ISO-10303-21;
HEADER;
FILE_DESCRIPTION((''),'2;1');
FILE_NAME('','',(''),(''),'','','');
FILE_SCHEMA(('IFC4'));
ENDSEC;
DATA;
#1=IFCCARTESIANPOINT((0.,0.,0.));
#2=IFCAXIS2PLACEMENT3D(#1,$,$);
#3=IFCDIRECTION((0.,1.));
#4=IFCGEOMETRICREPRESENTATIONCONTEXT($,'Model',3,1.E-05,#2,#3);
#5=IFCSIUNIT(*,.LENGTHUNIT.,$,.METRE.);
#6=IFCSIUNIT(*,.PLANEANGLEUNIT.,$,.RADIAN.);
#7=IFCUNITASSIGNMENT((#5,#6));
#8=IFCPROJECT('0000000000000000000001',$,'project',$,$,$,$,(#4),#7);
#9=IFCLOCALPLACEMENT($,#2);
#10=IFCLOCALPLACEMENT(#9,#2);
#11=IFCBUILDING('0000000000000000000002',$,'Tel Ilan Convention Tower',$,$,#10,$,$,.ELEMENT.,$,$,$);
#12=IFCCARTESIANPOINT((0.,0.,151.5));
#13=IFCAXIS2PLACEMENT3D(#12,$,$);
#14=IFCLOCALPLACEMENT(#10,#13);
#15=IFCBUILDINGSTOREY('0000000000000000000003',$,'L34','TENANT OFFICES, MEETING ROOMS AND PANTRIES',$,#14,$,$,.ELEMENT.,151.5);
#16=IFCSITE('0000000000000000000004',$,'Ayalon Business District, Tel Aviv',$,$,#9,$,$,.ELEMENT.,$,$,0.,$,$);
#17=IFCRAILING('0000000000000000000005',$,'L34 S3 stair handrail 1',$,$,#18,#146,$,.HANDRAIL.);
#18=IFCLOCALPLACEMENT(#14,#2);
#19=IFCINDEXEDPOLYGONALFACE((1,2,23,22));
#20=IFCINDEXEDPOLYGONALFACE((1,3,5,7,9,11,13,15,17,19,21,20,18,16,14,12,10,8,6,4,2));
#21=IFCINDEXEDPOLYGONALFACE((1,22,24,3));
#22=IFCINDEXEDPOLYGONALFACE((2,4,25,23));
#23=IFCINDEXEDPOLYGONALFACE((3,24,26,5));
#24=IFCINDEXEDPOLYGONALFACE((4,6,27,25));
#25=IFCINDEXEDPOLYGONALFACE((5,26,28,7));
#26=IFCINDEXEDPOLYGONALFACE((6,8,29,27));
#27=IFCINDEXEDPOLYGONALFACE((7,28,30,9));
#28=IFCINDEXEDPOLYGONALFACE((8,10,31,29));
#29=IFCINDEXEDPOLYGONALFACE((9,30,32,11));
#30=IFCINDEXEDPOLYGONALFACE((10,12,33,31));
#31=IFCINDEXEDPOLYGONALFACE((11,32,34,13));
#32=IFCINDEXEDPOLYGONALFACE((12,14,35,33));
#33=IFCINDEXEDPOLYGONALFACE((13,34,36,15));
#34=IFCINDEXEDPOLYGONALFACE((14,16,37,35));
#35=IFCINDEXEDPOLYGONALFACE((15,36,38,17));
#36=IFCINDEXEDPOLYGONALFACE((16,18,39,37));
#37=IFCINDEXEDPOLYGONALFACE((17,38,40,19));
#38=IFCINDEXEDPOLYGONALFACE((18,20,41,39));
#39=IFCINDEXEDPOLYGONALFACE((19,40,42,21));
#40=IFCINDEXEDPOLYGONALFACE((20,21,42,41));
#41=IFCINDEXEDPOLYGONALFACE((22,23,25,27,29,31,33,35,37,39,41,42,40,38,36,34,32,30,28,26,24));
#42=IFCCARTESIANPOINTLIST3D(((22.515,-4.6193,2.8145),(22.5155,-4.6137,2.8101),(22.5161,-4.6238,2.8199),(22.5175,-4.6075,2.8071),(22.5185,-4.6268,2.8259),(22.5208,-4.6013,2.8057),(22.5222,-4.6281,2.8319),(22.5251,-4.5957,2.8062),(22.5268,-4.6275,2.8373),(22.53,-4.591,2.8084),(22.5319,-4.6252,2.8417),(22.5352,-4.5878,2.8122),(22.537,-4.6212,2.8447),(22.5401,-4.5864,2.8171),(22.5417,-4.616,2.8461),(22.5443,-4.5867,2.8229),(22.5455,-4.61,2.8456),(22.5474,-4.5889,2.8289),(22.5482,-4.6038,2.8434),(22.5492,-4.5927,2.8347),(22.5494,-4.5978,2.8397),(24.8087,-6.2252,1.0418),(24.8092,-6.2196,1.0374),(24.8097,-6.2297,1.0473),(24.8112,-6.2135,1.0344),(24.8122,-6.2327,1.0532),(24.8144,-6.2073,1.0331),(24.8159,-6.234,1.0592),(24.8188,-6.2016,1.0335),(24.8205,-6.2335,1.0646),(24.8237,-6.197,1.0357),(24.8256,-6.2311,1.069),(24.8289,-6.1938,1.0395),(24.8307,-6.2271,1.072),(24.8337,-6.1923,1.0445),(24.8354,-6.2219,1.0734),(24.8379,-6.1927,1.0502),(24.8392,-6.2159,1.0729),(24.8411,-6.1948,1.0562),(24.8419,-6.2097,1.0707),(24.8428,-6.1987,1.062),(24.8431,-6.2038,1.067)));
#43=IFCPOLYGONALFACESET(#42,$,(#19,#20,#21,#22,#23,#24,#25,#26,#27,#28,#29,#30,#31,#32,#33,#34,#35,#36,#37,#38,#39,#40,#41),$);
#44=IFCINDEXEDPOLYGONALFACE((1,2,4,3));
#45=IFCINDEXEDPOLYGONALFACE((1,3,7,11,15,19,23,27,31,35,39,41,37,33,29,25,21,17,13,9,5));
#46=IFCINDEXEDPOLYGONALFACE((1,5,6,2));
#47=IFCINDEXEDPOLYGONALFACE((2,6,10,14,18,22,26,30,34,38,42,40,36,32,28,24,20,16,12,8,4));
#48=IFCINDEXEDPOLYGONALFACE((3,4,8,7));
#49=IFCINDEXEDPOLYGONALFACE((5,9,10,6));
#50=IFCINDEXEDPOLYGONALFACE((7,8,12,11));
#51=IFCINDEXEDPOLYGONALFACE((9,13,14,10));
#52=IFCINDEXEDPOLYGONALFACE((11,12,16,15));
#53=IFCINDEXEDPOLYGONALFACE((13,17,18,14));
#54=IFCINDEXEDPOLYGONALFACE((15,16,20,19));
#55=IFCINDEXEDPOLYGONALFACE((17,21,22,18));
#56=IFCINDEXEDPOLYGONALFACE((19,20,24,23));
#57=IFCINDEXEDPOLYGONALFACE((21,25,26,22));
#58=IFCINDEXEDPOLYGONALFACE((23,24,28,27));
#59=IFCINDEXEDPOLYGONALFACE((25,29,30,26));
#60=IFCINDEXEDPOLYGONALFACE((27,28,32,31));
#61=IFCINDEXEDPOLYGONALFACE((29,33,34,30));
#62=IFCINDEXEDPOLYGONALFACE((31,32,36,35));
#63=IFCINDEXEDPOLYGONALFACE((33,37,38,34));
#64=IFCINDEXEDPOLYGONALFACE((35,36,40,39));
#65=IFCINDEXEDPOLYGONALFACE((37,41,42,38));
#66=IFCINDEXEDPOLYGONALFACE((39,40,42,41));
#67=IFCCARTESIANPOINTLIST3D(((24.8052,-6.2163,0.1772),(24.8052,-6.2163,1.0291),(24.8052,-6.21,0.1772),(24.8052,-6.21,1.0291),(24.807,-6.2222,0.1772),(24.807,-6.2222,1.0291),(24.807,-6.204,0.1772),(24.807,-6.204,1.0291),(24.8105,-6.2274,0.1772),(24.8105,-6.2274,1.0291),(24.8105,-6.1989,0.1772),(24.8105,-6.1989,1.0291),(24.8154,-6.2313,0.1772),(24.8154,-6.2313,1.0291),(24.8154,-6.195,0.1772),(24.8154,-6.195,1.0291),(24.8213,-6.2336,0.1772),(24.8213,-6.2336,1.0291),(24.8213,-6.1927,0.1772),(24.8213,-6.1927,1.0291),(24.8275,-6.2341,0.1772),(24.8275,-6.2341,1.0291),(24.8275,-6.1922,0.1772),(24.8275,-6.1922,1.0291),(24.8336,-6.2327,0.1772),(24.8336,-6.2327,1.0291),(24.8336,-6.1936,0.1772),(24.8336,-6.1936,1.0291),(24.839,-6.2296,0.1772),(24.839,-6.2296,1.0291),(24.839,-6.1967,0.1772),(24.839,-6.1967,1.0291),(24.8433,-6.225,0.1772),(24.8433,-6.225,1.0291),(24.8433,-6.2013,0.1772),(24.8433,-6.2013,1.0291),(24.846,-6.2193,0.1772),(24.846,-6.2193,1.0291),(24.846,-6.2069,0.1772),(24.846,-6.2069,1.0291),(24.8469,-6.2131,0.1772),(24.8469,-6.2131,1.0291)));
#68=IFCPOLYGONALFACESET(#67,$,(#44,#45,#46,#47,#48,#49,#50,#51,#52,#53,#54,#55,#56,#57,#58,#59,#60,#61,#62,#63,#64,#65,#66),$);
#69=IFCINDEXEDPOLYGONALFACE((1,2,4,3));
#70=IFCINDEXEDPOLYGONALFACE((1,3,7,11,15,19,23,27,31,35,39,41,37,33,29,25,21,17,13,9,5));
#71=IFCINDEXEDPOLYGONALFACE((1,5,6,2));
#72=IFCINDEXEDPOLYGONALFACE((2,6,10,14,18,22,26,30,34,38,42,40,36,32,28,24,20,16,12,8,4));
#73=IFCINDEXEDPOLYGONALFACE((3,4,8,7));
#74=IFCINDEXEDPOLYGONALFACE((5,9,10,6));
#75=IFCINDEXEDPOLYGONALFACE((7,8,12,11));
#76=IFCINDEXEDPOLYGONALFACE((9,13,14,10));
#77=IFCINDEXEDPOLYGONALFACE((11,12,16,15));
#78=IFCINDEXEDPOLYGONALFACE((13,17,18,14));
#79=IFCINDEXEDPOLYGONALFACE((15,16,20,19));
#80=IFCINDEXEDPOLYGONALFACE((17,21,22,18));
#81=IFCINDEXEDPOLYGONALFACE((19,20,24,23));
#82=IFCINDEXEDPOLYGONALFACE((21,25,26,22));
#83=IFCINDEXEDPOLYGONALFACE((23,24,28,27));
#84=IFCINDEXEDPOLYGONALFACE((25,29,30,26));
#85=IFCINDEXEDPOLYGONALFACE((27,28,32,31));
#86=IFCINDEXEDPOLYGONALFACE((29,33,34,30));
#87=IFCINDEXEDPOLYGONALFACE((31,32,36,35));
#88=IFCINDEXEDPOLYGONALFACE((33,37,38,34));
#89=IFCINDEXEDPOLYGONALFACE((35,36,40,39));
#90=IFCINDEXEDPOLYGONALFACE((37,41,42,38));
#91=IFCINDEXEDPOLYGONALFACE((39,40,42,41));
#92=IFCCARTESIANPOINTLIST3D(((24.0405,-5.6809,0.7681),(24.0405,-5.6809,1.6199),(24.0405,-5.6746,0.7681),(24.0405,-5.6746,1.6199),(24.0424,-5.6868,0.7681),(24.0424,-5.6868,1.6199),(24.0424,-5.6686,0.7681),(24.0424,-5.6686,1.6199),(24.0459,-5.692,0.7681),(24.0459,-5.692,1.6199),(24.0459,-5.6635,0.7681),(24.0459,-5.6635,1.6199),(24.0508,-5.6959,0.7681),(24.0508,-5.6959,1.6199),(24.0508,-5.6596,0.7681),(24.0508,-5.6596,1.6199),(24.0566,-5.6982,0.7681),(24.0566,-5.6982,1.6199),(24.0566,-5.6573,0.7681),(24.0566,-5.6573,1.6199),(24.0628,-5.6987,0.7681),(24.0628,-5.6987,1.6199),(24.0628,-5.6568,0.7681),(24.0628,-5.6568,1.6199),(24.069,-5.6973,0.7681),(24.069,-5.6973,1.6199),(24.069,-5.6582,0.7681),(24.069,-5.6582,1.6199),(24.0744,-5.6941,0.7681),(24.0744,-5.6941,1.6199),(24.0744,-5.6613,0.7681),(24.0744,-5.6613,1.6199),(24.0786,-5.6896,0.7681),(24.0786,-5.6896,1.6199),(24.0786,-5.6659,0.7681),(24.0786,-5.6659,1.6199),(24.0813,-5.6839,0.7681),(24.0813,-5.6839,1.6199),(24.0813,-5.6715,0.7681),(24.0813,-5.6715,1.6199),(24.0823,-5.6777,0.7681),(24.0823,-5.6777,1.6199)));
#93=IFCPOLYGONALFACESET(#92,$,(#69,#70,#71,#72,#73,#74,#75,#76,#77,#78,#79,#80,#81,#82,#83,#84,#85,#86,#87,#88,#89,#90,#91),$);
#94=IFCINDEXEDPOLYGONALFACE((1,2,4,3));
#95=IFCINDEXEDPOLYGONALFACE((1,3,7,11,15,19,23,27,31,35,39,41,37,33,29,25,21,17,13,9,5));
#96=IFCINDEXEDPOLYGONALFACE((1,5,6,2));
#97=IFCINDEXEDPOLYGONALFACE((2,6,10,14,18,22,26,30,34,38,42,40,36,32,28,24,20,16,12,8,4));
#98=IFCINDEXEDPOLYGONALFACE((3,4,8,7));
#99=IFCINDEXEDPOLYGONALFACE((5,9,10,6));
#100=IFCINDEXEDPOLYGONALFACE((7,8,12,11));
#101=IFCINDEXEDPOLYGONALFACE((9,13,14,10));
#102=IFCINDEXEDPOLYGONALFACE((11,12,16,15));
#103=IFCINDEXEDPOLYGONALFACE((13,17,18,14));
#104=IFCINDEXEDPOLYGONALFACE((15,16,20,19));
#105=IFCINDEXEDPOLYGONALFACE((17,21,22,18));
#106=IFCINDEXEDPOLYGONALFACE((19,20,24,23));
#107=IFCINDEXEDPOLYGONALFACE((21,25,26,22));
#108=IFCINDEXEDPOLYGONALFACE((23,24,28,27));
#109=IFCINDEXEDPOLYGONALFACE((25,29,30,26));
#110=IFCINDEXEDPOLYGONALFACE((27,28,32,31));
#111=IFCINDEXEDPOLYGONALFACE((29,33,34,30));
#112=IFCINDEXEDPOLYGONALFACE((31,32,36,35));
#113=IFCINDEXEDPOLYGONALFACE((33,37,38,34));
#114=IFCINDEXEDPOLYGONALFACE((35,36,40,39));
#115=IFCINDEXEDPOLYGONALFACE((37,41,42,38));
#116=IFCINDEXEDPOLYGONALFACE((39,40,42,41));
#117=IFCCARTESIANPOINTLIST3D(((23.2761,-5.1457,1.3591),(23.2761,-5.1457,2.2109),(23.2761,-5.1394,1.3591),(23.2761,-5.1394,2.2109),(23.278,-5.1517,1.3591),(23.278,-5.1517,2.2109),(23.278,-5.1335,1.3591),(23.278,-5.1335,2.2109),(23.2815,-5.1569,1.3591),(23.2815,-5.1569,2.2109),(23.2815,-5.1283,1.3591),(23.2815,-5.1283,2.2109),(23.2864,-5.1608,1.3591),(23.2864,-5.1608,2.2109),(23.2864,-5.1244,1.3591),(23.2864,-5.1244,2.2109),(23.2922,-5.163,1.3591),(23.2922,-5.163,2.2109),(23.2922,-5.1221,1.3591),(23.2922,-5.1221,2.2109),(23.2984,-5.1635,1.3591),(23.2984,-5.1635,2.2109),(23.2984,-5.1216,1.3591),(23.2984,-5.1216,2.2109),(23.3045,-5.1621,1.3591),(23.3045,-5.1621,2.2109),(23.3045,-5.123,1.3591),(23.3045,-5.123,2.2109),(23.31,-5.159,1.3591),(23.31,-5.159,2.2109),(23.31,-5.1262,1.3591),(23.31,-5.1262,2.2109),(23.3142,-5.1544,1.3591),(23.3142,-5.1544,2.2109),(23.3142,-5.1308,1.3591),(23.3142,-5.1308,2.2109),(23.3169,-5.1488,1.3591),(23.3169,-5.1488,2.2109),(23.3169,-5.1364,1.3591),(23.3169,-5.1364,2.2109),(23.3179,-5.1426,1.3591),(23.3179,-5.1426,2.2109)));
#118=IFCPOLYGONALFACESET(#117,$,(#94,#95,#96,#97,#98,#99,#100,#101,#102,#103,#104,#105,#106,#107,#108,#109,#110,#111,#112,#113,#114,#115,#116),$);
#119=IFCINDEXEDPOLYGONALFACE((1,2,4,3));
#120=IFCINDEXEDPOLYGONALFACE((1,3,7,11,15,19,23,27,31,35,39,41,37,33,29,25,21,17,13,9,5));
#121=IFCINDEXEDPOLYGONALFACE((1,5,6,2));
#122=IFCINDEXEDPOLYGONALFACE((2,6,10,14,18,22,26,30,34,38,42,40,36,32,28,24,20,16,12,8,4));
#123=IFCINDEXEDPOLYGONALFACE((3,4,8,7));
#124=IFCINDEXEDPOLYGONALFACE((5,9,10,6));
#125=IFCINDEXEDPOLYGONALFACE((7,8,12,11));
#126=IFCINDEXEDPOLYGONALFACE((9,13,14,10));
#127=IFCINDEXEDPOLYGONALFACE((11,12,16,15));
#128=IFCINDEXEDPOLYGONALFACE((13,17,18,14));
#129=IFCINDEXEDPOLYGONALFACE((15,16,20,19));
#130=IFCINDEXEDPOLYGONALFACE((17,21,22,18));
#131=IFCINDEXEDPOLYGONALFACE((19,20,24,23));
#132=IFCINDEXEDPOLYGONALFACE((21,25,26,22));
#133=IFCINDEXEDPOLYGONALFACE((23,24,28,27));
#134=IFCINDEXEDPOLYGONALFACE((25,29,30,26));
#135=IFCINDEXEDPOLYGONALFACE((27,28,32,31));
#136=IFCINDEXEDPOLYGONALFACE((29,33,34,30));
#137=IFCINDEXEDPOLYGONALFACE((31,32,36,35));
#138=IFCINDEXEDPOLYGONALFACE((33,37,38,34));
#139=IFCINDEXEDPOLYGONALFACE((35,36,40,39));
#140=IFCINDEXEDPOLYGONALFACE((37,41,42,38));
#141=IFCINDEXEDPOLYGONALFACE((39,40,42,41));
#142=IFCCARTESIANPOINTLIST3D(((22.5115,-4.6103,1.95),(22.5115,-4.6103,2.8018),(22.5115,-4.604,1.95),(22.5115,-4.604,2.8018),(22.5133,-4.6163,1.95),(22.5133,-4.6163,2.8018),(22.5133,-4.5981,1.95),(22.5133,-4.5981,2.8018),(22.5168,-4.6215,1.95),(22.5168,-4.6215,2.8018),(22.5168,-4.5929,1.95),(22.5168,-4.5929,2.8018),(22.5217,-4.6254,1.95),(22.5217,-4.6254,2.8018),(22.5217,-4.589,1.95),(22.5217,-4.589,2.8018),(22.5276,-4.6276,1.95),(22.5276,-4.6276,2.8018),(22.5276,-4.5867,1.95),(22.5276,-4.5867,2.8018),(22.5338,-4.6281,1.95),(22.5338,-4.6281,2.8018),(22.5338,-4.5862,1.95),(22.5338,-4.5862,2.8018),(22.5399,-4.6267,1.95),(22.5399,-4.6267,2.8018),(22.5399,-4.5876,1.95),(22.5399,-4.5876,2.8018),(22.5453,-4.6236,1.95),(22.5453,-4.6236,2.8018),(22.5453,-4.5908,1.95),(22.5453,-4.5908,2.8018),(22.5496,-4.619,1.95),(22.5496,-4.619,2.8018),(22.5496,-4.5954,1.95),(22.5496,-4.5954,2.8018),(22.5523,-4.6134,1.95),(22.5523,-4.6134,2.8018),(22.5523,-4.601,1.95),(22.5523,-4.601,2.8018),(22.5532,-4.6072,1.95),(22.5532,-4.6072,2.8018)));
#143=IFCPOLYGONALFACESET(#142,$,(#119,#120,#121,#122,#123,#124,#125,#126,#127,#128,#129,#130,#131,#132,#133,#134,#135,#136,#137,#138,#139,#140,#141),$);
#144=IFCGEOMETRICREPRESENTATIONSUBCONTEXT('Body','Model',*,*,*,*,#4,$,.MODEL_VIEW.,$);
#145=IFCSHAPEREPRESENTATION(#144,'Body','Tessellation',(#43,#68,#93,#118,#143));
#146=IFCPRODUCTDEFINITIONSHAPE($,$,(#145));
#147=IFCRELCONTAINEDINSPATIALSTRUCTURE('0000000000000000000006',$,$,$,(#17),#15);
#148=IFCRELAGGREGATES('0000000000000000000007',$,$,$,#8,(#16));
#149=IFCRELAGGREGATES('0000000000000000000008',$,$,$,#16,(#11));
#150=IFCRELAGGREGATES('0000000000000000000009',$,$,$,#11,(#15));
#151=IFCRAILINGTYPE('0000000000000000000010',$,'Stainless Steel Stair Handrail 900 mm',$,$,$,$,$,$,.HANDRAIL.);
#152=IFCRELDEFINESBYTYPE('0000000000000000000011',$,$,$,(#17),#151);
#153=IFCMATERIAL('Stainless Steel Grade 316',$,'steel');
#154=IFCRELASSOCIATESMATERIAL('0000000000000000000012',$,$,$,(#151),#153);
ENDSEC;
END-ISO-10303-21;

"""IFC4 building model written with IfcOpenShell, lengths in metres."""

from ifc_helpers import new_model, si_unit, direction, frame, origin, origin_2d, place, context, subcontext, project, spatial, circle, extrude, material, type_object, element, save


model = new_model("IFC4")

# Units and contexts
model_context = context("Model", 3, precision=1e-05, world=origin(), true_north=direction((0.0, 1.0)))
body_context = subcontext(model_context, "Body", "Model", "MODEL_VIEW")
ifc_project = project(units=[si_unit("LENGTHUNIT", "METRE"), si_unit("PLANEANGLEUNIT", "RADIAN")], contexts=[model_context])

# Site, building, storey
site_placement = place(None, origin())
site = spatial("IfcSite", under=ifc_project, at=site_placement, Name="Ayalon Business District, Tel Aviv", CompositionType="ELEMENT", RefElevation=0.0)
building_placement = place(site_placement, origin())
building = spatial("IfcBuilding", under=site, at=building_placement, Name="Tel Ilan Convention Tower", CompositionType="ELEMENT")
storey_placement = place(building_placement, frame((0.0, 0.0, 151.5)))
storey = spatial("IfcBuildingStorey", under=building, at=storey_placement, Name="L34", Description="TENANT OFFICES, MEETING ROOMS AND PANTRIES", CompositionType="ELEMENT", Elevation=151.5)

# Railing
ifc_material_1 = material(Name="Stainless Steel Grade 316", Category="steel")
railing_type_1 = type_object("IfcRailingType", Name="Stainless Steel Stair Handrail 900 mm", PredefinedType="HANDRAIL", material=ifc_material_1)
railing_1_placement = place(storey_placement, frame((24.8259, -6.2131, 0.1772)))
element("IfcRailing", 1, at=railing_1_placement, inside=storey, type_object=railing_type_1, Name="L34 S3 stair handrail 1", PredefinedType="HANDRAIL", context=body_context, shape_type="SweptSolid", body=[
    extrude(circle(Radius=0.0239, at=origin_2d()), frame((0.0, 0.0, 0.876), z_axis=(-0.692123, 0.484597, 0.534913), x_axis=(-0.57355, -0.81917, 0.0)), (0.0, 0.0, 1.0), 3.314),
    extrude(circle(Radius=0.021, at=origin_2d()), origin(), (0.0, 0.0, 1.0), 0.8518),
    extrude(circle(Radius=0.021, at=origin_2d()), frame((-0.7646, 0.5354, 0.5908)), (0.0, 0.0, 1.0), 0.8518),
    extrude(circle(Radius=0.021, at=origin_2d()), frame((-1.5291, 1.0706, 1.1819)), (0.0, 0.0, 1.0), 0.8518),
    extrude(circle(Radius=0.021, at=origin_2d()), frame((-2.2937, 1.606, 1.7727)), (0.0, 0.0, 1.0), 0.8518),
])

save(model, "model.ifc")
